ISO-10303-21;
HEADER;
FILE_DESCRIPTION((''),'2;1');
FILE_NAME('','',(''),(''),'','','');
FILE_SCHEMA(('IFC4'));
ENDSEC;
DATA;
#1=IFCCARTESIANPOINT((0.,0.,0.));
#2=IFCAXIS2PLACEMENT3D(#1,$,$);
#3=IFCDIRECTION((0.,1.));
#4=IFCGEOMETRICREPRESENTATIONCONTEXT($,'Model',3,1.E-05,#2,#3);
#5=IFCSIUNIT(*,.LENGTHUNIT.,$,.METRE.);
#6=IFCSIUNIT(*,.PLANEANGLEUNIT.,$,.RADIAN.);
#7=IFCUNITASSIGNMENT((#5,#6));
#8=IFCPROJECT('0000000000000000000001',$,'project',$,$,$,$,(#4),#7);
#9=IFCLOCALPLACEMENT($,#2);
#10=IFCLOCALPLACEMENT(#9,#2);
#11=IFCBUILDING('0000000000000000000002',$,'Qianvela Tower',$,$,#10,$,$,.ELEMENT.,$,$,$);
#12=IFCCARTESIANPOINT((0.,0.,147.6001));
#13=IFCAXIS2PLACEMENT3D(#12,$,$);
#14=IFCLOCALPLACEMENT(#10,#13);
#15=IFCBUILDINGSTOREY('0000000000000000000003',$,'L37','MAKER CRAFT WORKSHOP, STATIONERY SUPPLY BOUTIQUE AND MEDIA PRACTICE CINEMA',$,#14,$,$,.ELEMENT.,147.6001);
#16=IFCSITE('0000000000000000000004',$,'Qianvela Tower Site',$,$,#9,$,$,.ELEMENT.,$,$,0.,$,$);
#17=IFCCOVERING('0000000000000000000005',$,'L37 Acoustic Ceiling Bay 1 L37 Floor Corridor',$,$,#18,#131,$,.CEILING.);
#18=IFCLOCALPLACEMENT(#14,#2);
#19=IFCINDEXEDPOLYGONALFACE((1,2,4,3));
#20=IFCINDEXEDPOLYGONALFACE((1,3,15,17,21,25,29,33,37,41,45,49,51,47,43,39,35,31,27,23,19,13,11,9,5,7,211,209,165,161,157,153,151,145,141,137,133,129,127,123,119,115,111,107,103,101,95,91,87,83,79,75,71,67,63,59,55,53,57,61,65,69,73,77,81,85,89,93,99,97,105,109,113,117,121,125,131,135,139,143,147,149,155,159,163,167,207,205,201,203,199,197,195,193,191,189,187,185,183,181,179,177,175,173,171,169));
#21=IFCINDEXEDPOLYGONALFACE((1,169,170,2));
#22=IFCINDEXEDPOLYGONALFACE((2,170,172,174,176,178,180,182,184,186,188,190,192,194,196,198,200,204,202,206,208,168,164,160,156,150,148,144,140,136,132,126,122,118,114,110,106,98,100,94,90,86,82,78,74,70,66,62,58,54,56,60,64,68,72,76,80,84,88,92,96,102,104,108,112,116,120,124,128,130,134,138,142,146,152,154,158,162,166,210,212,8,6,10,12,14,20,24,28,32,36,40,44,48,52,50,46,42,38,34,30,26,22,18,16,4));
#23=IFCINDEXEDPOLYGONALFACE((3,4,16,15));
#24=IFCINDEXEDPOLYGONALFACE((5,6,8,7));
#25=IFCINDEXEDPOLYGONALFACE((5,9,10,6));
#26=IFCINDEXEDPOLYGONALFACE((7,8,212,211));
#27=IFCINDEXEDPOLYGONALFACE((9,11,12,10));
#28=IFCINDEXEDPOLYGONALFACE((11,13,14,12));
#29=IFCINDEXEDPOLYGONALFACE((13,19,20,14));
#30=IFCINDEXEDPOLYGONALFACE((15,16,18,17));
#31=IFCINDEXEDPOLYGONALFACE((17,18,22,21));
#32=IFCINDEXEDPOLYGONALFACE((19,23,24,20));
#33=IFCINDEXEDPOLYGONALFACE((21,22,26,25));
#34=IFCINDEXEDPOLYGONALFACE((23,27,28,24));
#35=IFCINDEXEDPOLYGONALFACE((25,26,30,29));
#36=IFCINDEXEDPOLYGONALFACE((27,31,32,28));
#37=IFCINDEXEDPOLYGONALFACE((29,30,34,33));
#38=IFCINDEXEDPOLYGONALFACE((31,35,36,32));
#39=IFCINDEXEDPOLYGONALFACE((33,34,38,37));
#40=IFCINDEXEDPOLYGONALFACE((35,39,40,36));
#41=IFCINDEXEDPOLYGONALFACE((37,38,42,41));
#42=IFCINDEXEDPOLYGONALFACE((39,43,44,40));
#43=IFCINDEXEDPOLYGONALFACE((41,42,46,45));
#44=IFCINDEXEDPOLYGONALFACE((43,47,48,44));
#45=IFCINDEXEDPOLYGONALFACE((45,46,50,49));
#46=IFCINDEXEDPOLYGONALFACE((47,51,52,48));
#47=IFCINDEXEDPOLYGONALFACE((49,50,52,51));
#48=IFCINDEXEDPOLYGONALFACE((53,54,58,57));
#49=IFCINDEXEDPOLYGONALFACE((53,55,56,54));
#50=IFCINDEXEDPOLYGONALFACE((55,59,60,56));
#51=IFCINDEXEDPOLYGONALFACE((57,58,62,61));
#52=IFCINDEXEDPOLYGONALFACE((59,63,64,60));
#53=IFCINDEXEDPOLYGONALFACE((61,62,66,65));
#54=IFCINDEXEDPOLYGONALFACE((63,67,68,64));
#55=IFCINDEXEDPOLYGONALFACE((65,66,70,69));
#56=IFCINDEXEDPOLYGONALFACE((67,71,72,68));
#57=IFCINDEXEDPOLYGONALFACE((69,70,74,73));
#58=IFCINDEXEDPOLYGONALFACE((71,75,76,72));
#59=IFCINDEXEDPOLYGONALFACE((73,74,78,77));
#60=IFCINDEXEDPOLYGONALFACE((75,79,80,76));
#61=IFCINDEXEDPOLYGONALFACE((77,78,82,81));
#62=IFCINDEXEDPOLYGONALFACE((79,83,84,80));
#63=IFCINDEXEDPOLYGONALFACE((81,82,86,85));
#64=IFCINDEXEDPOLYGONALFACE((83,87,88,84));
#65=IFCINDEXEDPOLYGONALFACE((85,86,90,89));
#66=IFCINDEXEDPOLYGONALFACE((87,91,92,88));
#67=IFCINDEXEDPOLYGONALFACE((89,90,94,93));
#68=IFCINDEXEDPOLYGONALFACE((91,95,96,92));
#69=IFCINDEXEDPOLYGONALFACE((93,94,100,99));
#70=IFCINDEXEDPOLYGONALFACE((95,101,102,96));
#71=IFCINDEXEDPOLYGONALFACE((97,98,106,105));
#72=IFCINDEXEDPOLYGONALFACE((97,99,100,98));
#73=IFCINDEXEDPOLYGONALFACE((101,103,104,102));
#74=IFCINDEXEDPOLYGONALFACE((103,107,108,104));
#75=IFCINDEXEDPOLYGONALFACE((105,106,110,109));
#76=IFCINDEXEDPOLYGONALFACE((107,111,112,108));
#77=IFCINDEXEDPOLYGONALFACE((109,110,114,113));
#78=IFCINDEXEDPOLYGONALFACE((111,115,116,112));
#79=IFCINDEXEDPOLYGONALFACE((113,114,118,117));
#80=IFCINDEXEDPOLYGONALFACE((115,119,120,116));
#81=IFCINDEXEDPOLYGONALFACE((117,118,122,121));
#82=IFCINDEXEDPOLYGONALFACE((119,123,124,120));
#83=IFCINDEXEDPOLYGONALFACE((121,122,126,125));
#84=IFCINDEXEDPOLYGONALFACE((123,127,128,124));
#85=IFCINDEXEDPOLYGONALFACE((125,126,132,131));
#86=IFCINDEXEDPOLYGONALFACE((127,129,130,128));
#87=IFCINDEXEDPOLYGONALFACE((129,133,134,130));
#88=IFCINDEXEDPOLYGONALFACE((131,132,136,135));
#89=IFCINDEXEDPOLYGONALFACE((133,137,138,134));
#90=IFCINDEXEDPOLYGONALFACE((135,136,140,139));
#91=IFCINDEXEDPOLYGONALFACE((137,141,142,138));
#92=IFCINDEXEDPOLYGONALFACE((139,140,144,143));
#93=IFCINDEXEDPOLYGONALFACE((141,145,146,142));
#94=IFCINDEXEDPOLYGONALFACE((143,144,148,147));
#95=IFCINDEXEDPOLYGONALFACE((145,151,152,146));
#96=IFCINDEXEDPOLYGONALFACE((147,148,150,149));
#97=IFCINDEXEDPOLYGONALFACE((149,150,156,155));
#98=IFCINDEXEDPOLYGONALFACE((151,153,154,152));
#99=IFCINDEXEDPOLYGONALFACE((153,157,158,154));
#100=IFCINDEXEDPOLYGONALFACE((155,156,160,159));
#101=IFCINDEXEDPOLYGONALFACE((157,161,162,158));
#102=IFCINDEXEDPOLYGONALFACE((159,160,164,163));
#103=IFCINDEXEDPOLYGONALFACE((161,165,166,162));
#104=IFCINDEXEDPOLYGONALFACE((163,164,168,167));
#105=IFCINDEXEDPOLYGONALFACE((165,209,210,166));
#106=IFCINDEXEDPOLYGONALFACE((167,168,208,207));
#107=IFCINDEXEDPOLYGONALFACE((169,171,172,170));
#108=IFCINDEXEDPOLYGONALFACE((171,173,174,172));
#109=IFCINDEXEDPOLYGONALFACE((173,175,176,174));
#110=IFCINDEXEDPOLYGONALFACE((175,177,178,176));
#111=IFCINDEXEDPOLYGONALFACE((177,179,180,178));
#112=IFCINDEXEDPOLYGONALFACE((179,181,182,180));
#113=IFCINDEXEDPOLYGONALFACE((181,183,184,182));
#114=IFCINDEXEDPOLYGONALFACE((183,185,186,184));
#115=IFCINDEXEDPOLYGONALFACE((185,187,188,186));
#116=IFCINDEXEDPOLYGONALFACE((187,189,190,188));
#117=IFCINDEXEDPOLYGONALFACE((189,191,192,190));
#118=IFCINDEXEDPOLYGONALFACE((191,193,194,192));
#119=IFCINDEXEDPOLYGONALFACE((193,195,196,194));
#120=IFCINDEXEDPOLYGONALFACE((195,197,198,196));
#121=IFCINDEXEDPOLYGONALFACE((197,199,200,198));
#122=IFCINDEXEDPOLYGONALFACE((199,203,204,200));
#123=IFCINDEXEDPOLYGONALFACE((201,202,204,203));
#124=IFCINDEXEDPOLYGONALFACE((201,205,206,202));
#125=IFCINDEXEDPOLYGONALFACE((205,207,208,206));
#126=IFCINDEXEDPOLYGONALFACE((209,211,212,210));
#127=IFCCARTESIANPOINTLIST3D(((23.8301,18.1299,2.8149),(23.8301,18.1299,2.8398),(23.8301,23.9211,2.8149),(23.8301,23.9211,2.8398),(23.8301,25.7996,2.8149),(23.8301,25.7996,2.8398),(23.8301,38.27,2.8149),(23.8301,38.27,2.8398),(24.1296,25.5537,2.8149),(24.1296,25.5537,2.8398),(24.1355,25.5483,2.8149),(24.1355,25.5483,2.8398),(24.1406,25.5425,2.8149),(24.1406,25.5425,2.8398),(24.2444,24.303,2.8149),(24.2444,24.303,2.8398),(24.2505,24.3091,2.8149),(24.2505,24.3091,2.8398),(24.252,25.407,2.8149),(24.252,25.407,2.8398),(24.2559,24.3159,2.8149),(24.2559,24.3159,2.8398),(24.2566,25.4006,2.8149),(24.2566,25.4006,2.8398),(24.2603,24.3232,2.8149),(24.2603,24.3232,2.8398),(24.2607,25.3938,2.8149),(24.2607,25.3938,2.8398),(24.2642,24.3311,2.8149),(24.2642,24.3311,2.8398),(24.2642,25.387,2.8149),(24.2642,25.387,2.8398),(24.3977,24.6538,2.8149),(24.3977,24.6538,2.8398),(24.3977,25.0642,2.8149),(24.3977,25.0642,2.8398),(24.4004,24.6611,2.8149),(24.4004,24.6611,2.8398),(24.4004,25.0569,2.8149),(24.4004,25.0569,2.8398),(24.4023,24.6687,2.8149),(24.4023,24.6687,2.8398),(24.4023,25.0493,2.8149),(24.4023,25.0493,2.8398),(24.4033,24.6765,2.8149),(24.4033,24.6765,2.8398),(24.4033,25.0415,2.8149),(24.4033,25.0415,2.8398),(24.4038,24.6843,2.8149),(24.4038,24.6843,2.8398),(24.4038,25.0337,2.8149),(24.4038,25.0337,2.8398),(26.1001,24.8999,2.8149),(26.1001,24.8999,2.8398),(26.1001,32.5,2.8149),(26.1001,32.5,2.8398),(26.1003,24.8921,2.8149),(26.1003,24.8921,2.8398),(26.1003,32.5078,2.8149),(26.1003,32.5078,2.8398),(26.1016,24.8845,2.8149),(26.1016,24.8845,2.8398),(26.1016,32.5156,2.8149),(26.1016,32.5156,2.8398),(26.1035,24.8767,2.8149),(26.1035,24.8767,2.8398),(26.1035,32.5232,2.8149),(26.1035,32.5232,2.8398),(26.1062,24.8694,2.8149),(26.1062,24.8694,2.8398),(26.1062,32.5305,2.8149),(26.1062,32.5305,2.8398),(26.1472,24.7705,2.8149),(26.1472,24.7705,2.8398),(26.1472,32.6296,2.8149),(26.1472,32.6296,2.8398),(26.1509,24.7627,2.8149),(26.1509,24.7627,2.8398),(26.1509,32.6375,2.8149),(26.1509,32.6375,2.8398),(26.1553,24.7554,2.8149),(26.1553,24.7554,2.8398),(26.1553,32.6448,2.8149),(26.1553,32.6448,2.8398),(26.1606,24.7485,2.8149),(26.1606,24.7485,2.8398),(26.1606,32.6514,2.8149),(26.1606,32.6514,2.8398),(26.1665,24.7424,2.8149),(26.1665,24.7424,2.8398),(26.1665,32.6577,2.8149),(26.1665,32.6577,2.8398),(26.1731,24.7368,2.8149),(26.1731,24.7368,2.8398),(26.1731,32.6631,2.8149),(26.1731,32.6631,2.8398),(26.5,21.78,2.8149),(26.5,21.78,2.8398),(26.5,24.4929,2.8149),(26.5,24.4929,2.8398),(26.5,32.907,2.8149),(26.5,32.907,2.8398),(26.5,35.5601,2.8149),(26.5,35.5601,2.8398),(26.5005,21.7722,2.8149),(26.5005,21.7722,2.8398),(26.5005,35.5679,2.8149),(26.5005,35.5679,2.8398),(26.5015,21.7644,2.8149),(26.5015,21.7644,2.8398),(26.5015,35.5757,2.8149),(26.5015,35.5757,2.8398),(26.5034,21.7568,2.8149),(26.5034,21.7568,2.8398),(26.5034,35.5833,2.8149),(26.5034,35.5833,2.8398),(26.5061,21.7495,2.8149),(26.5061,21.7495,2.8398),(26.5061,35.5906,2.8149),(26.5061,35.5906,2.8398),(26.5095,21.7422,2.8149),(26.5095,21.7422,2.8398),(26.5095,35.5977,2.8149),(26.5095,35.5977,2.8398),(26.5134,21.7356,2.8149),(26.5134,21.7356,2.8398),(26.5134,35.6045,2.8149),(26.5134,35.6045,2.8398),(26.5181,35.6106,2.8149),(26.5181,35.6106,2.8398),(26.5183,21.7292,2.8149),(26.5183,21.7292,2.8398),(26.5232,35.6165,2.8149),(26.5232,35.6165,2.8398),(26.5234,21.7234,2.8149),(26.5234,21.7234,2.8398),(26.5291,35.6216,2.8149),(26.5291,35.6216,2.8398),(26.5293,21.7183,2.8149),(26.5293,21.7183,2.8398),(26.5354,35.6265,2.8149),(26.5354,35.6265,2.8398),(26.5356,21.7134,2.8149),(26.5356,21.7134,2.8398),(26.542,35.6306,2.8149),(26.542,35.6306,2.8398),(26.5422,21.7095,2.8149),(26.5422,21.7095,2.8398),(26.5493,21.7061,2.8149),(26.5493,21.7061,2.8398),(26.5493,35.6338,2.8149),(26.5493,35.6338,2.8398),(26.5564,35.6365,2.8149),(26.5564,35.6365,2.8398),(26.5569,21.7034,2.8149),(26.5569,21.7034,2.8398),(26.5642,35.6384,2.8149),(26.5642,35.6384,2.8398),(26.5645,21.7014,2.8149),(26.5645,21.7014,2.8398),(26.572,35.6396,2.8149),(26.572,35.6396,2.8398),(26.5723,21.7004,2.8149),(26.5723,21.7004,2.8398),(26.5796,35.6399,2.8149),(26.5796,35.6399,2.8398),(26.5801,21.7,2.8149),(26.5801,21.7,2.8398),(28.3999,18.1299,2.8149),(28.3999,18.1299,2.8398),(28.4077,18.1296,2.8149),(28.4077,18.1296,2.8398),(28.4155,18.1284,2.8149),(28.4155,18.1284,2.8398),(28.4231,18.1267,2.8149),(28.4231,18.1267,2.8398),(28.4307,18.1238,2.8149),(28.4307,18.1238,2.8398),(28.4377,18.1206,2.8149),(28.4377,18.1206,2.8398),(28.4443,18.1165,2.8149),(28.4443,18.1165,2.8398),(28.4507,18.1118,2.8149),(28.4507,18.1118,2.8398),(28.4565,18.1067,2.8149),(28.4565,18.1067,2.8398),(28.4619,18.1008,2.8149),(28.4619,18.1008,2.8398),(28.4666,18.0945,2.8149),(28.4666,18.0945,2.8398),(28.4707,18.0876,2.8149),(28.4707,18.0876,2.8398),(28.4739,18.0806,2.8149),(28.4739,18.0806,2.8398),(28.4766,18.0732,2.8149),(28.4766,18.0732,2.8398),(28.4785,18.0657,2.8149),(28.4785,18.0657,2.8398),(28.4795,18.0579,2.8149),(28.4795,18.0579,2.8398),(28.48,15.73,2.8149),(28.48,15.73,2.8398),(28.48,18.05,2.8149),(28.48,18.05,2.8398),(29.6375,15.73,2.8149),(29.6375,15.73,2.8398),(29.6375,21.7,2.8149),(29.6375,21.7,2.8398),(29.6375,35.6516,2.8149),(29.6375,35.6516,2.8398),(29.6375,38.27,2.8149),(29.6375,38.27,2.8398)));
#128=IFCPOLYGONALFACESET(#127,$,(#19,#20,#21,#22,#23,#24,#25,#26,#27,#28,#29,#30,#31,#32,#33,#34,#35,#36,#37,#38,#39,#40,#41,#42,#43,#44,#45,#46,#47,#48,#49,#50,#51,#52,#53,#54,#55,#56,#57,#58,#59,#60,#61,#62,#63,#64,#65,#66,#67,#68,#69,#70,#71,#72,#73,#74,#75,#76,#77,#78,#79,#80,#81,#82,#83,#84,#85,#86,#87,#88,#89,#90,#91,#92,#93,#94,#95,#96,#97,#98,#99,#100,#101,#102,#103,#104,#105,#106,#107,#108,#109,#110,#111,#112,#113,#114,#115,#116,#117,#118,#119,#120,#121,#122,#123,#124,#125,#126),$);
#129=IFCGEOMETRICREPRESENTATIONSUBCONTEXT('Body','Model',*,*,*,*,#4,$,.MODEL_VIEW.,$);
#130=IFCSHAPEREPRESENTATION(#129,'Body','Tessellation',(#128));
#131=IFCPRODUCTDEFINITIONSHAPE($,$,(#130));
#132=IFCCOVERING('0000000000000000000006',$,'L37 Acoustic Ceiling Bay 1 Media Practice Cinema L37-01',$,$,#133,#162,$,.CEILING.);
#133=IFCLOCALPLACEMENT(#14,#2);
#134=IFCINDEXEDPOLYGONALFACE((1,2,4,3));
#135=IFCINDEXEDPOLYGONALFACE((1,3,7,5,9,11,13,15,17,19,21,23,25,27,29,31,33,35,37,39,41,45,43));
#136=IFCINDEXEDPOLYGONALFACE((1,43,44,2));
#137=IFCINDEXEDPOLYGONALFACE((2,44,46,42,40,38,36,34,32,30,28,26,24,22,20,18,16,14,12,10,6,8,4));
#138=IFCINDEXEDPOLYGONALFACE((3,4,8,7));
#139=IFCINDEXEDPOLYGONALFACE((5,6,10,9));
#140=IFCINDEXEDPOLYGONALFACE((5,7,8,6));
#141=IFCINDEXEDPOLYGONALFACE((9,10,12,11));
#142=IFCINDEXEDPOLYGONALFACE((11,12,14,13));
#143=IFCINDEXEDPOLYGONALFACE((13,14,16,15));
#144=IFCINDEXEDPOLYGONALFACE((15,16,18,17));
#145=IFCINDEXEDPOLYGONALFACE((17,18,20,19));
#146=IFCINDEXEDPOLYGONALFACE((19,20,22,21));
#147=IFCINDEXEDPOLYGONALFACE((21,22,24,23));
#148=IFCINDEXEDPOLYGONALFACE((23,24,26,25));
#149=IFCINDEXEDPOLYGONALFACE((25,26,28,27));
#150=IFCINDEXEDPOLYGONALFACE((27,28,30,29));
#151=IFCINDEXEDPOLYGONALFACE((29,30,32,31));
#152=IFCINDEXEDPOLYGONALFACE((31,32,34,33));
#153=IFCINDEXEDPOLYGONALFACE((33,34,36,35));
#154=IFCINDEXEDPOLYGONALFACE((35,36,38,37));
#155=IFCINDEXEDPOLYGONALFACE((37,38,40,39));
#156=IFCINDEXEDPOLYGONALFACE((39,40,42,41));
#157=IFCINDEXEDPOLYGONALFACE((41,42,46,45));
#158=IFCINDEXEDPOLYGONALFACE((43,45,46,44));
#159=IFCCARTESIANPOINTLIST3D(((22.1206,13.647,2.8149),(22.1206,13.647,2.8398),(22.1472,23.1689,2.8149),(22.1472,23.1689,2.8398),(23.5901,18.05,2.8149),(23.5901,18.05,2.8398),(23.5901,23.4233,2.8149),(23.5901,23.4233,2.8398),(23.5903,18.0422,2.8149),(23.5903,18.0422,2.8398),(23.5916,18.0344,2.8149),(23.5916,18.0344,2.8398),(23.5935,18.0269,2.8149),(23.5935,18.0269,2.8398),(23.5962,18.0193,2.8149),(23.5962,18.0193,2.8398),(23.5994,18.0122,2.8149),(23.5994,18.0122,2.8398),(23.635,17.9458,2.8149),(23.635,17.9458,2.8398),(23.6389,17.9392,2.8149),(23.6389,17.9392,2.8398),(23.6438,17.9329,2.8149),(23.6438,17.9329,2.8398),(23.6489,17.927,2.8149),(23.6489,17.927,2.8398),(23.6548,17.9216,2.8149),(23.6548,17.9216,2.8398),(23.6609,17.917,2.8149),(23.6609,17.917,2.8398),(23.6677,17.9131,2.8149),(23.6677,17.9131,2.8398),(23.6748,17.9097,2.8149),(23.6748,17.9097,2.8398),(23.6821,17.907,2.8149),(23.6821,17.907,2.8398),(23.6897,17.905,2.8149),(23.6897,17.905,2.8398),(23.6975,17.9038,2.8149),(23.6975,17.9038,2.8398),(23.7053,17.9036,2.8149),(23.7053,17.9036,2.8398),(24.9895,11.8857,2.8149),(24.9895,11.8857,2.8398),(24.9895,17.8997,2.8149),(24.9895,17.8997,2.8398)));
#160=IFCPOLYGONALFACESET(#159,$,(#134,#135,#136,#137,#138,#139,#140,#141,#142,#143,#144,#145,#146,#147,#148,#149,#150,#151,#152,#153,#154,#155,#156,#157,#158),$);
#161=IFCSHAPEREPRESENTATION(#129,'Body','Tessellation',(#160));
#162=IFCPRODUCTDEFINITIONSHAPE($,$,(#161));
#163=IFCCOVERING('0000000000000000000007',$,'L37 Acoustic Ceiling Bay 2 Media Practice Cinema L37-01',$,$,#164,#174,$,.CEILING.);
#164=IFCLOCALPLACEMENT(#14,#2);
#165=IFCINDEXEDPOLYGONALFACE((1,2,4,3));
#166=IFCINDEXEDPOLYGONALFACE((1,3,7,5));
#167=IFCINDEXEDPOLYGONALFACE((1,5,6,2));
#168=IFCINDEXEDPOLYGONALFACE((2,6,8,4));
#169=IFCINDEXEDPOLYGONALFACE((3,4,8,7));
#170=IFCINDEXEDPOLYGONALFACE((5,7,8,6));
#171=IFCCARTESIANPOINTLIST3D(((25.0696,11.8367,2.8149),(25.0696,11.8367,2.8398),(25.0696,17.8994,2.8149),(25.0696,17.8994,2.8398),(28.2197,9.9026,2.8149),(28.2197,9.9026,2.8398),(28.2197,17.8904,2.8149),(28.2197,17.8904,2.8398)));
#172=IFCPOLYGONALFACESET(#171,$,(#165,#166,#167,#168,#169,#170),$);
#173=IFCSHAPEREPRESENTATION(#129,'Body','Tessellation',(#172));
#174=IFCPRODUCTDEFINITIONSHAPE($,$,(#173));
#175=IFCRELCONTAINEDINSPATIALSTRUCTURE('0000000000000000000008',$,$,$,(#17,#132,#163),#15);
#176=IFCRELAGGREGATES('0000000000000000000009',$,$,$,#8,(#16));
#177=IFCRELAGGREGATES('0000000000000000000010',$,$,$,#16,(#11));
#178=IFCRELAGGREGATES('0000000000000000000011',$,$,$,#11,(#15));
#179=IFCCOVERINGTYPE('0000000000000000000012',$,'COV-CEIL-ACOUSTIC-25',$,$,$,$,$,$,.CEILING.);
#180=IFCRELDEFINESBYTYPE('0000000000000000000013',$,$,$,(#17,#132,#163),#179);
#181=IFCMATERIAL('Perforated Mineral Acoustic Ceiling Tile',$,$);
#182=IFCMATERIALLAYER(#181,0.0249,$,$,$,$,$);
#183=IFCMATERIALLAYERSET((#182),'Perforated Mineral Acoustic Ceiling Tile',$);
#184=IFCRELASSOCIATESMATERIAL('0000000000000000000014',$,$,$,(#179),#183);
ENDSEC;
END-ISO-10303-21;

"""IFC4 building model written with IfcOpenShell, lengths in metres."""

from ifc_helpers import new_model, si_unit, direction, frame, origin, place, context, subcontext, project, spatial, polyline, outline, extrude, material, layer, layer_set, type_object, element, save


model = new_model("IFC4")

# Units and contexts
model_context = context("Model", 3, precision=1e-05, world=origin(), true_north=direction((0.0, 1.0)))
body_context = subcontext(model_context, "Body", "Model", "MODEL_VIEW")
ifc_project = project(units=[si_unit("LENGTHUNIT", "METRE"), si_unit("PLANEANGLEUNIT", "RADIAN")], contexts=[model_context])

# Site, building, storey
site_placement = place(None, origin())
site = spatial("IfcSite", under=ifc_project, at=site_placement, Name="Qianvela Tower Site", CompositionType="ELEMENT", RefElevation=0.0)
building_placement = place(site_placement, origin())
building = spatial("IfcBuilding", under=site, at=building_placement, Name="Qianvela Tower", CompositionType="ELEMENT")
storey_placement = place(building_placement, frame((0.0, 0.0, 147.6001)))
storey = spatial("IfcBuildingStorey", under=building, at=storey_placement, Name="L37", Description="MAKER CRAFT WORKSHOP, STATIONERY SUPPLY BOUTIQUE AND MEDIA PRACTICE CINEMA", CompositionType="ELEMENT", Elevation=147.6001)

# Coverings
ifc_material_1 = material(Name="Perforated Mineral Acoustic Ceiling Tile")
ifc_layer_1 = layer(ifc_material_1, 0.0249)
ifc_layer_set_1 = layer_set([ifc_layer_1], Name="Perforated Mineral Acoustic Ceiling Tile")
covering_type_1 = type_object("IfcCoveringType", Name="COV-CEIL-ACOUSTIC-25", PredefinedType="CEILING", material=ifc_layer_set_1)
covering_1_placement = place(storey_placement, frame((0.0, 0.0, 2.8149)))
element("IfcCovering", 1, at=covering_1_placement, inside=storey, type_object=covering_type_1, Name="L37 Acoustic Ceiling Bay 1 L37 Floor Corridor", PredefinedType="CEILING", context=body_context, shape_type="SweptSolid", body=[
    extrude(outline(polyline([(24.4033, 25.0415), (24.4023, 25.0493), (24.4004, 25.0569), (24.3977, 25.0642), (24.2642, 25.387), (24.2607, 25.3938), (24.2566, 25.4006), (24.252, 25.407), (24.1406, 25.5425), (24.1355, 25.5483), (24.1296, 25.5537), (23.8301, 25.7996), (23.8301, 38.27), (29.6375, 38.27), (29.6375, 35.6516), (26.5796, 35.6399), (26.572, 35.6396), (26.5642, 35.6384), (26.5564, 35.6365), (26.5493, 35.6338), (26.542, 35.6306), (26.5354, 35.6265), (26.5291, 35.6216), (26.5232, 35.6165), (26.5181, 35.6106), (26.5134, 35.6045), (26.5095, 35.5977), (26.5061, 35.5906), (26.5034, 35.5833), (26.5015, 35.5757), (26.5005, 35.5679), (26.5, 35.5601), (26.5, 32.907), (26.1731, 32.6631), (26.1665, 32.6577), (26.1606, 32.6514), (26.1553, 32.6448), (26.1509, 32.6375), (26.1472, 32.6296), (26.1062, 32.5305), (26.1035, 32.5232), (26.1016, 32.5156), (26.1003, 32.5078), (26.1001, 32.5), (26.1001, 24.8999), (26.1003, 24.8921), (26.1016, 24.8845), (26.1035, 24.8767), (26.1062, 24.8694), (26.1472, 24.7705), (26.1509, 24.7627), (26.1553, 24.7554), (26.1606, 24.7485), (26.1665, 24.7424), (26.1731, 24.7368), (26.5, 24.4929), (26.5, 21.78), (26.5005, 21.7722), (26.5015, 21.7644), (26.5034, 21.7568), (26.5061, 21.7495), (26.5095, 21.7422), (26.5134, 21.7356), (26.5183, 21.7292), (26.5234, 21.7234), (26.5293, 21.7183), (26.5356, 21.7134), (26.5422, 21.7095), (26.5493, 21.7061), (26.5569, 21.7034), (26.5645, 21.7014), (26.5723, 21.7004), (26.5801, 21.7), (29.6375, 21.7), (29.6375, 15.73), (28.48, 15.73), (28.48, 18.05), (28.4795, 18.0579), (28.4785, 18.0657), (28.4766, 18.0732), (28.4739, 18.0806), (28.4707, 18.0876), (28.4666, 18.0945), (28.4619, 18.1008), (28.4565, 18.1067), (28.4507, 18.1118), (28.4443, 18.1165), (28.4377, 18.1206), (28.4307, 18.1238), (28.4231, 18.1267), (28.4155, 18.1284), (28.4077, 18.1296), (28.3999, 18.1299), (23.8301, 18.1299), (23.8301, 23.9211), (24.2444, 24.303), (24.2505, 24.3091), (24.2559, 24.3159), (24.2603, 24.3232), (24.2642, 24.3311), (24.3977, 24.6538), (24.4004, 24.6611), (24.4023, 24.6687), (24.4033, 24.6765), (24.4038, 24.6843), (24.4038, 25.0337), (24.4033, 25.0415)])), origin(), (0.0, 0.0, 1.0), 0.0249),
])
covering_2_placement = place(storey_placement, frame((0.0, 0.0, 2.8149)))
element("IfcCovering", 2, at=covering_2_placement, inside=storey, type_object=covering_type_1, Name="L37 Acoustic Ceiling Bay 1 Media Practice Cinema L37-01", PredefinedType="CEILING", context=body_context, shape_type="SweptSolid", body=[
    extrude(outline(polyline([(23.5901, 18.05), (23.5903, 18.0422), (23.5916, 18.0344), (23.5935, 18.0269), (23.5962, 18.0193), (23.5994, 18.0122), (23.635, 17.9458), (23.6389, 17.9392), (23.6438, 17.9329), (23.6489, 17.927), (23.6548, 17.9216), (23.6609, 17.917), (23.6677, 17.9131), (23.6748, 17.9097), (23.6821, 17.907), (23.6897, 17.905), (23.6975, 17.9038), (23.7053, 17.9036), (24.9895, 17.8997), (24.9895, 11.8857), (22.1206, 13.647), (22.1472, 23.1689), (23.5901, 23.4233), (23.5901, 18.05)])), origin(), (0.0, 0.0, 1.0), 0.0249),
])
covering_3_placement = place(storey_placement, frame((0.0, 0.0, 2.8149)))
element("IfcCovering", 3, at=covering_3_placement, inside=storey, type_object=covering_type_1, Name="L37 Acoustic Ceiling Bay 2 Media Practice Cinema L37-01", PredefinedType="CEILING", context=body_context, shape_type="SweptSolid", body=[
    extrude(outline(polyline([(28.2197, 17.8904), (28.2197, 9.9026), (25.0696, 11.8367), (25.0696, 17.8994), (28.2197, 17.8904)])), origin(), (0.0, 0.0, 1.0), 0.0249),
])

save(model, "model.ifc")
